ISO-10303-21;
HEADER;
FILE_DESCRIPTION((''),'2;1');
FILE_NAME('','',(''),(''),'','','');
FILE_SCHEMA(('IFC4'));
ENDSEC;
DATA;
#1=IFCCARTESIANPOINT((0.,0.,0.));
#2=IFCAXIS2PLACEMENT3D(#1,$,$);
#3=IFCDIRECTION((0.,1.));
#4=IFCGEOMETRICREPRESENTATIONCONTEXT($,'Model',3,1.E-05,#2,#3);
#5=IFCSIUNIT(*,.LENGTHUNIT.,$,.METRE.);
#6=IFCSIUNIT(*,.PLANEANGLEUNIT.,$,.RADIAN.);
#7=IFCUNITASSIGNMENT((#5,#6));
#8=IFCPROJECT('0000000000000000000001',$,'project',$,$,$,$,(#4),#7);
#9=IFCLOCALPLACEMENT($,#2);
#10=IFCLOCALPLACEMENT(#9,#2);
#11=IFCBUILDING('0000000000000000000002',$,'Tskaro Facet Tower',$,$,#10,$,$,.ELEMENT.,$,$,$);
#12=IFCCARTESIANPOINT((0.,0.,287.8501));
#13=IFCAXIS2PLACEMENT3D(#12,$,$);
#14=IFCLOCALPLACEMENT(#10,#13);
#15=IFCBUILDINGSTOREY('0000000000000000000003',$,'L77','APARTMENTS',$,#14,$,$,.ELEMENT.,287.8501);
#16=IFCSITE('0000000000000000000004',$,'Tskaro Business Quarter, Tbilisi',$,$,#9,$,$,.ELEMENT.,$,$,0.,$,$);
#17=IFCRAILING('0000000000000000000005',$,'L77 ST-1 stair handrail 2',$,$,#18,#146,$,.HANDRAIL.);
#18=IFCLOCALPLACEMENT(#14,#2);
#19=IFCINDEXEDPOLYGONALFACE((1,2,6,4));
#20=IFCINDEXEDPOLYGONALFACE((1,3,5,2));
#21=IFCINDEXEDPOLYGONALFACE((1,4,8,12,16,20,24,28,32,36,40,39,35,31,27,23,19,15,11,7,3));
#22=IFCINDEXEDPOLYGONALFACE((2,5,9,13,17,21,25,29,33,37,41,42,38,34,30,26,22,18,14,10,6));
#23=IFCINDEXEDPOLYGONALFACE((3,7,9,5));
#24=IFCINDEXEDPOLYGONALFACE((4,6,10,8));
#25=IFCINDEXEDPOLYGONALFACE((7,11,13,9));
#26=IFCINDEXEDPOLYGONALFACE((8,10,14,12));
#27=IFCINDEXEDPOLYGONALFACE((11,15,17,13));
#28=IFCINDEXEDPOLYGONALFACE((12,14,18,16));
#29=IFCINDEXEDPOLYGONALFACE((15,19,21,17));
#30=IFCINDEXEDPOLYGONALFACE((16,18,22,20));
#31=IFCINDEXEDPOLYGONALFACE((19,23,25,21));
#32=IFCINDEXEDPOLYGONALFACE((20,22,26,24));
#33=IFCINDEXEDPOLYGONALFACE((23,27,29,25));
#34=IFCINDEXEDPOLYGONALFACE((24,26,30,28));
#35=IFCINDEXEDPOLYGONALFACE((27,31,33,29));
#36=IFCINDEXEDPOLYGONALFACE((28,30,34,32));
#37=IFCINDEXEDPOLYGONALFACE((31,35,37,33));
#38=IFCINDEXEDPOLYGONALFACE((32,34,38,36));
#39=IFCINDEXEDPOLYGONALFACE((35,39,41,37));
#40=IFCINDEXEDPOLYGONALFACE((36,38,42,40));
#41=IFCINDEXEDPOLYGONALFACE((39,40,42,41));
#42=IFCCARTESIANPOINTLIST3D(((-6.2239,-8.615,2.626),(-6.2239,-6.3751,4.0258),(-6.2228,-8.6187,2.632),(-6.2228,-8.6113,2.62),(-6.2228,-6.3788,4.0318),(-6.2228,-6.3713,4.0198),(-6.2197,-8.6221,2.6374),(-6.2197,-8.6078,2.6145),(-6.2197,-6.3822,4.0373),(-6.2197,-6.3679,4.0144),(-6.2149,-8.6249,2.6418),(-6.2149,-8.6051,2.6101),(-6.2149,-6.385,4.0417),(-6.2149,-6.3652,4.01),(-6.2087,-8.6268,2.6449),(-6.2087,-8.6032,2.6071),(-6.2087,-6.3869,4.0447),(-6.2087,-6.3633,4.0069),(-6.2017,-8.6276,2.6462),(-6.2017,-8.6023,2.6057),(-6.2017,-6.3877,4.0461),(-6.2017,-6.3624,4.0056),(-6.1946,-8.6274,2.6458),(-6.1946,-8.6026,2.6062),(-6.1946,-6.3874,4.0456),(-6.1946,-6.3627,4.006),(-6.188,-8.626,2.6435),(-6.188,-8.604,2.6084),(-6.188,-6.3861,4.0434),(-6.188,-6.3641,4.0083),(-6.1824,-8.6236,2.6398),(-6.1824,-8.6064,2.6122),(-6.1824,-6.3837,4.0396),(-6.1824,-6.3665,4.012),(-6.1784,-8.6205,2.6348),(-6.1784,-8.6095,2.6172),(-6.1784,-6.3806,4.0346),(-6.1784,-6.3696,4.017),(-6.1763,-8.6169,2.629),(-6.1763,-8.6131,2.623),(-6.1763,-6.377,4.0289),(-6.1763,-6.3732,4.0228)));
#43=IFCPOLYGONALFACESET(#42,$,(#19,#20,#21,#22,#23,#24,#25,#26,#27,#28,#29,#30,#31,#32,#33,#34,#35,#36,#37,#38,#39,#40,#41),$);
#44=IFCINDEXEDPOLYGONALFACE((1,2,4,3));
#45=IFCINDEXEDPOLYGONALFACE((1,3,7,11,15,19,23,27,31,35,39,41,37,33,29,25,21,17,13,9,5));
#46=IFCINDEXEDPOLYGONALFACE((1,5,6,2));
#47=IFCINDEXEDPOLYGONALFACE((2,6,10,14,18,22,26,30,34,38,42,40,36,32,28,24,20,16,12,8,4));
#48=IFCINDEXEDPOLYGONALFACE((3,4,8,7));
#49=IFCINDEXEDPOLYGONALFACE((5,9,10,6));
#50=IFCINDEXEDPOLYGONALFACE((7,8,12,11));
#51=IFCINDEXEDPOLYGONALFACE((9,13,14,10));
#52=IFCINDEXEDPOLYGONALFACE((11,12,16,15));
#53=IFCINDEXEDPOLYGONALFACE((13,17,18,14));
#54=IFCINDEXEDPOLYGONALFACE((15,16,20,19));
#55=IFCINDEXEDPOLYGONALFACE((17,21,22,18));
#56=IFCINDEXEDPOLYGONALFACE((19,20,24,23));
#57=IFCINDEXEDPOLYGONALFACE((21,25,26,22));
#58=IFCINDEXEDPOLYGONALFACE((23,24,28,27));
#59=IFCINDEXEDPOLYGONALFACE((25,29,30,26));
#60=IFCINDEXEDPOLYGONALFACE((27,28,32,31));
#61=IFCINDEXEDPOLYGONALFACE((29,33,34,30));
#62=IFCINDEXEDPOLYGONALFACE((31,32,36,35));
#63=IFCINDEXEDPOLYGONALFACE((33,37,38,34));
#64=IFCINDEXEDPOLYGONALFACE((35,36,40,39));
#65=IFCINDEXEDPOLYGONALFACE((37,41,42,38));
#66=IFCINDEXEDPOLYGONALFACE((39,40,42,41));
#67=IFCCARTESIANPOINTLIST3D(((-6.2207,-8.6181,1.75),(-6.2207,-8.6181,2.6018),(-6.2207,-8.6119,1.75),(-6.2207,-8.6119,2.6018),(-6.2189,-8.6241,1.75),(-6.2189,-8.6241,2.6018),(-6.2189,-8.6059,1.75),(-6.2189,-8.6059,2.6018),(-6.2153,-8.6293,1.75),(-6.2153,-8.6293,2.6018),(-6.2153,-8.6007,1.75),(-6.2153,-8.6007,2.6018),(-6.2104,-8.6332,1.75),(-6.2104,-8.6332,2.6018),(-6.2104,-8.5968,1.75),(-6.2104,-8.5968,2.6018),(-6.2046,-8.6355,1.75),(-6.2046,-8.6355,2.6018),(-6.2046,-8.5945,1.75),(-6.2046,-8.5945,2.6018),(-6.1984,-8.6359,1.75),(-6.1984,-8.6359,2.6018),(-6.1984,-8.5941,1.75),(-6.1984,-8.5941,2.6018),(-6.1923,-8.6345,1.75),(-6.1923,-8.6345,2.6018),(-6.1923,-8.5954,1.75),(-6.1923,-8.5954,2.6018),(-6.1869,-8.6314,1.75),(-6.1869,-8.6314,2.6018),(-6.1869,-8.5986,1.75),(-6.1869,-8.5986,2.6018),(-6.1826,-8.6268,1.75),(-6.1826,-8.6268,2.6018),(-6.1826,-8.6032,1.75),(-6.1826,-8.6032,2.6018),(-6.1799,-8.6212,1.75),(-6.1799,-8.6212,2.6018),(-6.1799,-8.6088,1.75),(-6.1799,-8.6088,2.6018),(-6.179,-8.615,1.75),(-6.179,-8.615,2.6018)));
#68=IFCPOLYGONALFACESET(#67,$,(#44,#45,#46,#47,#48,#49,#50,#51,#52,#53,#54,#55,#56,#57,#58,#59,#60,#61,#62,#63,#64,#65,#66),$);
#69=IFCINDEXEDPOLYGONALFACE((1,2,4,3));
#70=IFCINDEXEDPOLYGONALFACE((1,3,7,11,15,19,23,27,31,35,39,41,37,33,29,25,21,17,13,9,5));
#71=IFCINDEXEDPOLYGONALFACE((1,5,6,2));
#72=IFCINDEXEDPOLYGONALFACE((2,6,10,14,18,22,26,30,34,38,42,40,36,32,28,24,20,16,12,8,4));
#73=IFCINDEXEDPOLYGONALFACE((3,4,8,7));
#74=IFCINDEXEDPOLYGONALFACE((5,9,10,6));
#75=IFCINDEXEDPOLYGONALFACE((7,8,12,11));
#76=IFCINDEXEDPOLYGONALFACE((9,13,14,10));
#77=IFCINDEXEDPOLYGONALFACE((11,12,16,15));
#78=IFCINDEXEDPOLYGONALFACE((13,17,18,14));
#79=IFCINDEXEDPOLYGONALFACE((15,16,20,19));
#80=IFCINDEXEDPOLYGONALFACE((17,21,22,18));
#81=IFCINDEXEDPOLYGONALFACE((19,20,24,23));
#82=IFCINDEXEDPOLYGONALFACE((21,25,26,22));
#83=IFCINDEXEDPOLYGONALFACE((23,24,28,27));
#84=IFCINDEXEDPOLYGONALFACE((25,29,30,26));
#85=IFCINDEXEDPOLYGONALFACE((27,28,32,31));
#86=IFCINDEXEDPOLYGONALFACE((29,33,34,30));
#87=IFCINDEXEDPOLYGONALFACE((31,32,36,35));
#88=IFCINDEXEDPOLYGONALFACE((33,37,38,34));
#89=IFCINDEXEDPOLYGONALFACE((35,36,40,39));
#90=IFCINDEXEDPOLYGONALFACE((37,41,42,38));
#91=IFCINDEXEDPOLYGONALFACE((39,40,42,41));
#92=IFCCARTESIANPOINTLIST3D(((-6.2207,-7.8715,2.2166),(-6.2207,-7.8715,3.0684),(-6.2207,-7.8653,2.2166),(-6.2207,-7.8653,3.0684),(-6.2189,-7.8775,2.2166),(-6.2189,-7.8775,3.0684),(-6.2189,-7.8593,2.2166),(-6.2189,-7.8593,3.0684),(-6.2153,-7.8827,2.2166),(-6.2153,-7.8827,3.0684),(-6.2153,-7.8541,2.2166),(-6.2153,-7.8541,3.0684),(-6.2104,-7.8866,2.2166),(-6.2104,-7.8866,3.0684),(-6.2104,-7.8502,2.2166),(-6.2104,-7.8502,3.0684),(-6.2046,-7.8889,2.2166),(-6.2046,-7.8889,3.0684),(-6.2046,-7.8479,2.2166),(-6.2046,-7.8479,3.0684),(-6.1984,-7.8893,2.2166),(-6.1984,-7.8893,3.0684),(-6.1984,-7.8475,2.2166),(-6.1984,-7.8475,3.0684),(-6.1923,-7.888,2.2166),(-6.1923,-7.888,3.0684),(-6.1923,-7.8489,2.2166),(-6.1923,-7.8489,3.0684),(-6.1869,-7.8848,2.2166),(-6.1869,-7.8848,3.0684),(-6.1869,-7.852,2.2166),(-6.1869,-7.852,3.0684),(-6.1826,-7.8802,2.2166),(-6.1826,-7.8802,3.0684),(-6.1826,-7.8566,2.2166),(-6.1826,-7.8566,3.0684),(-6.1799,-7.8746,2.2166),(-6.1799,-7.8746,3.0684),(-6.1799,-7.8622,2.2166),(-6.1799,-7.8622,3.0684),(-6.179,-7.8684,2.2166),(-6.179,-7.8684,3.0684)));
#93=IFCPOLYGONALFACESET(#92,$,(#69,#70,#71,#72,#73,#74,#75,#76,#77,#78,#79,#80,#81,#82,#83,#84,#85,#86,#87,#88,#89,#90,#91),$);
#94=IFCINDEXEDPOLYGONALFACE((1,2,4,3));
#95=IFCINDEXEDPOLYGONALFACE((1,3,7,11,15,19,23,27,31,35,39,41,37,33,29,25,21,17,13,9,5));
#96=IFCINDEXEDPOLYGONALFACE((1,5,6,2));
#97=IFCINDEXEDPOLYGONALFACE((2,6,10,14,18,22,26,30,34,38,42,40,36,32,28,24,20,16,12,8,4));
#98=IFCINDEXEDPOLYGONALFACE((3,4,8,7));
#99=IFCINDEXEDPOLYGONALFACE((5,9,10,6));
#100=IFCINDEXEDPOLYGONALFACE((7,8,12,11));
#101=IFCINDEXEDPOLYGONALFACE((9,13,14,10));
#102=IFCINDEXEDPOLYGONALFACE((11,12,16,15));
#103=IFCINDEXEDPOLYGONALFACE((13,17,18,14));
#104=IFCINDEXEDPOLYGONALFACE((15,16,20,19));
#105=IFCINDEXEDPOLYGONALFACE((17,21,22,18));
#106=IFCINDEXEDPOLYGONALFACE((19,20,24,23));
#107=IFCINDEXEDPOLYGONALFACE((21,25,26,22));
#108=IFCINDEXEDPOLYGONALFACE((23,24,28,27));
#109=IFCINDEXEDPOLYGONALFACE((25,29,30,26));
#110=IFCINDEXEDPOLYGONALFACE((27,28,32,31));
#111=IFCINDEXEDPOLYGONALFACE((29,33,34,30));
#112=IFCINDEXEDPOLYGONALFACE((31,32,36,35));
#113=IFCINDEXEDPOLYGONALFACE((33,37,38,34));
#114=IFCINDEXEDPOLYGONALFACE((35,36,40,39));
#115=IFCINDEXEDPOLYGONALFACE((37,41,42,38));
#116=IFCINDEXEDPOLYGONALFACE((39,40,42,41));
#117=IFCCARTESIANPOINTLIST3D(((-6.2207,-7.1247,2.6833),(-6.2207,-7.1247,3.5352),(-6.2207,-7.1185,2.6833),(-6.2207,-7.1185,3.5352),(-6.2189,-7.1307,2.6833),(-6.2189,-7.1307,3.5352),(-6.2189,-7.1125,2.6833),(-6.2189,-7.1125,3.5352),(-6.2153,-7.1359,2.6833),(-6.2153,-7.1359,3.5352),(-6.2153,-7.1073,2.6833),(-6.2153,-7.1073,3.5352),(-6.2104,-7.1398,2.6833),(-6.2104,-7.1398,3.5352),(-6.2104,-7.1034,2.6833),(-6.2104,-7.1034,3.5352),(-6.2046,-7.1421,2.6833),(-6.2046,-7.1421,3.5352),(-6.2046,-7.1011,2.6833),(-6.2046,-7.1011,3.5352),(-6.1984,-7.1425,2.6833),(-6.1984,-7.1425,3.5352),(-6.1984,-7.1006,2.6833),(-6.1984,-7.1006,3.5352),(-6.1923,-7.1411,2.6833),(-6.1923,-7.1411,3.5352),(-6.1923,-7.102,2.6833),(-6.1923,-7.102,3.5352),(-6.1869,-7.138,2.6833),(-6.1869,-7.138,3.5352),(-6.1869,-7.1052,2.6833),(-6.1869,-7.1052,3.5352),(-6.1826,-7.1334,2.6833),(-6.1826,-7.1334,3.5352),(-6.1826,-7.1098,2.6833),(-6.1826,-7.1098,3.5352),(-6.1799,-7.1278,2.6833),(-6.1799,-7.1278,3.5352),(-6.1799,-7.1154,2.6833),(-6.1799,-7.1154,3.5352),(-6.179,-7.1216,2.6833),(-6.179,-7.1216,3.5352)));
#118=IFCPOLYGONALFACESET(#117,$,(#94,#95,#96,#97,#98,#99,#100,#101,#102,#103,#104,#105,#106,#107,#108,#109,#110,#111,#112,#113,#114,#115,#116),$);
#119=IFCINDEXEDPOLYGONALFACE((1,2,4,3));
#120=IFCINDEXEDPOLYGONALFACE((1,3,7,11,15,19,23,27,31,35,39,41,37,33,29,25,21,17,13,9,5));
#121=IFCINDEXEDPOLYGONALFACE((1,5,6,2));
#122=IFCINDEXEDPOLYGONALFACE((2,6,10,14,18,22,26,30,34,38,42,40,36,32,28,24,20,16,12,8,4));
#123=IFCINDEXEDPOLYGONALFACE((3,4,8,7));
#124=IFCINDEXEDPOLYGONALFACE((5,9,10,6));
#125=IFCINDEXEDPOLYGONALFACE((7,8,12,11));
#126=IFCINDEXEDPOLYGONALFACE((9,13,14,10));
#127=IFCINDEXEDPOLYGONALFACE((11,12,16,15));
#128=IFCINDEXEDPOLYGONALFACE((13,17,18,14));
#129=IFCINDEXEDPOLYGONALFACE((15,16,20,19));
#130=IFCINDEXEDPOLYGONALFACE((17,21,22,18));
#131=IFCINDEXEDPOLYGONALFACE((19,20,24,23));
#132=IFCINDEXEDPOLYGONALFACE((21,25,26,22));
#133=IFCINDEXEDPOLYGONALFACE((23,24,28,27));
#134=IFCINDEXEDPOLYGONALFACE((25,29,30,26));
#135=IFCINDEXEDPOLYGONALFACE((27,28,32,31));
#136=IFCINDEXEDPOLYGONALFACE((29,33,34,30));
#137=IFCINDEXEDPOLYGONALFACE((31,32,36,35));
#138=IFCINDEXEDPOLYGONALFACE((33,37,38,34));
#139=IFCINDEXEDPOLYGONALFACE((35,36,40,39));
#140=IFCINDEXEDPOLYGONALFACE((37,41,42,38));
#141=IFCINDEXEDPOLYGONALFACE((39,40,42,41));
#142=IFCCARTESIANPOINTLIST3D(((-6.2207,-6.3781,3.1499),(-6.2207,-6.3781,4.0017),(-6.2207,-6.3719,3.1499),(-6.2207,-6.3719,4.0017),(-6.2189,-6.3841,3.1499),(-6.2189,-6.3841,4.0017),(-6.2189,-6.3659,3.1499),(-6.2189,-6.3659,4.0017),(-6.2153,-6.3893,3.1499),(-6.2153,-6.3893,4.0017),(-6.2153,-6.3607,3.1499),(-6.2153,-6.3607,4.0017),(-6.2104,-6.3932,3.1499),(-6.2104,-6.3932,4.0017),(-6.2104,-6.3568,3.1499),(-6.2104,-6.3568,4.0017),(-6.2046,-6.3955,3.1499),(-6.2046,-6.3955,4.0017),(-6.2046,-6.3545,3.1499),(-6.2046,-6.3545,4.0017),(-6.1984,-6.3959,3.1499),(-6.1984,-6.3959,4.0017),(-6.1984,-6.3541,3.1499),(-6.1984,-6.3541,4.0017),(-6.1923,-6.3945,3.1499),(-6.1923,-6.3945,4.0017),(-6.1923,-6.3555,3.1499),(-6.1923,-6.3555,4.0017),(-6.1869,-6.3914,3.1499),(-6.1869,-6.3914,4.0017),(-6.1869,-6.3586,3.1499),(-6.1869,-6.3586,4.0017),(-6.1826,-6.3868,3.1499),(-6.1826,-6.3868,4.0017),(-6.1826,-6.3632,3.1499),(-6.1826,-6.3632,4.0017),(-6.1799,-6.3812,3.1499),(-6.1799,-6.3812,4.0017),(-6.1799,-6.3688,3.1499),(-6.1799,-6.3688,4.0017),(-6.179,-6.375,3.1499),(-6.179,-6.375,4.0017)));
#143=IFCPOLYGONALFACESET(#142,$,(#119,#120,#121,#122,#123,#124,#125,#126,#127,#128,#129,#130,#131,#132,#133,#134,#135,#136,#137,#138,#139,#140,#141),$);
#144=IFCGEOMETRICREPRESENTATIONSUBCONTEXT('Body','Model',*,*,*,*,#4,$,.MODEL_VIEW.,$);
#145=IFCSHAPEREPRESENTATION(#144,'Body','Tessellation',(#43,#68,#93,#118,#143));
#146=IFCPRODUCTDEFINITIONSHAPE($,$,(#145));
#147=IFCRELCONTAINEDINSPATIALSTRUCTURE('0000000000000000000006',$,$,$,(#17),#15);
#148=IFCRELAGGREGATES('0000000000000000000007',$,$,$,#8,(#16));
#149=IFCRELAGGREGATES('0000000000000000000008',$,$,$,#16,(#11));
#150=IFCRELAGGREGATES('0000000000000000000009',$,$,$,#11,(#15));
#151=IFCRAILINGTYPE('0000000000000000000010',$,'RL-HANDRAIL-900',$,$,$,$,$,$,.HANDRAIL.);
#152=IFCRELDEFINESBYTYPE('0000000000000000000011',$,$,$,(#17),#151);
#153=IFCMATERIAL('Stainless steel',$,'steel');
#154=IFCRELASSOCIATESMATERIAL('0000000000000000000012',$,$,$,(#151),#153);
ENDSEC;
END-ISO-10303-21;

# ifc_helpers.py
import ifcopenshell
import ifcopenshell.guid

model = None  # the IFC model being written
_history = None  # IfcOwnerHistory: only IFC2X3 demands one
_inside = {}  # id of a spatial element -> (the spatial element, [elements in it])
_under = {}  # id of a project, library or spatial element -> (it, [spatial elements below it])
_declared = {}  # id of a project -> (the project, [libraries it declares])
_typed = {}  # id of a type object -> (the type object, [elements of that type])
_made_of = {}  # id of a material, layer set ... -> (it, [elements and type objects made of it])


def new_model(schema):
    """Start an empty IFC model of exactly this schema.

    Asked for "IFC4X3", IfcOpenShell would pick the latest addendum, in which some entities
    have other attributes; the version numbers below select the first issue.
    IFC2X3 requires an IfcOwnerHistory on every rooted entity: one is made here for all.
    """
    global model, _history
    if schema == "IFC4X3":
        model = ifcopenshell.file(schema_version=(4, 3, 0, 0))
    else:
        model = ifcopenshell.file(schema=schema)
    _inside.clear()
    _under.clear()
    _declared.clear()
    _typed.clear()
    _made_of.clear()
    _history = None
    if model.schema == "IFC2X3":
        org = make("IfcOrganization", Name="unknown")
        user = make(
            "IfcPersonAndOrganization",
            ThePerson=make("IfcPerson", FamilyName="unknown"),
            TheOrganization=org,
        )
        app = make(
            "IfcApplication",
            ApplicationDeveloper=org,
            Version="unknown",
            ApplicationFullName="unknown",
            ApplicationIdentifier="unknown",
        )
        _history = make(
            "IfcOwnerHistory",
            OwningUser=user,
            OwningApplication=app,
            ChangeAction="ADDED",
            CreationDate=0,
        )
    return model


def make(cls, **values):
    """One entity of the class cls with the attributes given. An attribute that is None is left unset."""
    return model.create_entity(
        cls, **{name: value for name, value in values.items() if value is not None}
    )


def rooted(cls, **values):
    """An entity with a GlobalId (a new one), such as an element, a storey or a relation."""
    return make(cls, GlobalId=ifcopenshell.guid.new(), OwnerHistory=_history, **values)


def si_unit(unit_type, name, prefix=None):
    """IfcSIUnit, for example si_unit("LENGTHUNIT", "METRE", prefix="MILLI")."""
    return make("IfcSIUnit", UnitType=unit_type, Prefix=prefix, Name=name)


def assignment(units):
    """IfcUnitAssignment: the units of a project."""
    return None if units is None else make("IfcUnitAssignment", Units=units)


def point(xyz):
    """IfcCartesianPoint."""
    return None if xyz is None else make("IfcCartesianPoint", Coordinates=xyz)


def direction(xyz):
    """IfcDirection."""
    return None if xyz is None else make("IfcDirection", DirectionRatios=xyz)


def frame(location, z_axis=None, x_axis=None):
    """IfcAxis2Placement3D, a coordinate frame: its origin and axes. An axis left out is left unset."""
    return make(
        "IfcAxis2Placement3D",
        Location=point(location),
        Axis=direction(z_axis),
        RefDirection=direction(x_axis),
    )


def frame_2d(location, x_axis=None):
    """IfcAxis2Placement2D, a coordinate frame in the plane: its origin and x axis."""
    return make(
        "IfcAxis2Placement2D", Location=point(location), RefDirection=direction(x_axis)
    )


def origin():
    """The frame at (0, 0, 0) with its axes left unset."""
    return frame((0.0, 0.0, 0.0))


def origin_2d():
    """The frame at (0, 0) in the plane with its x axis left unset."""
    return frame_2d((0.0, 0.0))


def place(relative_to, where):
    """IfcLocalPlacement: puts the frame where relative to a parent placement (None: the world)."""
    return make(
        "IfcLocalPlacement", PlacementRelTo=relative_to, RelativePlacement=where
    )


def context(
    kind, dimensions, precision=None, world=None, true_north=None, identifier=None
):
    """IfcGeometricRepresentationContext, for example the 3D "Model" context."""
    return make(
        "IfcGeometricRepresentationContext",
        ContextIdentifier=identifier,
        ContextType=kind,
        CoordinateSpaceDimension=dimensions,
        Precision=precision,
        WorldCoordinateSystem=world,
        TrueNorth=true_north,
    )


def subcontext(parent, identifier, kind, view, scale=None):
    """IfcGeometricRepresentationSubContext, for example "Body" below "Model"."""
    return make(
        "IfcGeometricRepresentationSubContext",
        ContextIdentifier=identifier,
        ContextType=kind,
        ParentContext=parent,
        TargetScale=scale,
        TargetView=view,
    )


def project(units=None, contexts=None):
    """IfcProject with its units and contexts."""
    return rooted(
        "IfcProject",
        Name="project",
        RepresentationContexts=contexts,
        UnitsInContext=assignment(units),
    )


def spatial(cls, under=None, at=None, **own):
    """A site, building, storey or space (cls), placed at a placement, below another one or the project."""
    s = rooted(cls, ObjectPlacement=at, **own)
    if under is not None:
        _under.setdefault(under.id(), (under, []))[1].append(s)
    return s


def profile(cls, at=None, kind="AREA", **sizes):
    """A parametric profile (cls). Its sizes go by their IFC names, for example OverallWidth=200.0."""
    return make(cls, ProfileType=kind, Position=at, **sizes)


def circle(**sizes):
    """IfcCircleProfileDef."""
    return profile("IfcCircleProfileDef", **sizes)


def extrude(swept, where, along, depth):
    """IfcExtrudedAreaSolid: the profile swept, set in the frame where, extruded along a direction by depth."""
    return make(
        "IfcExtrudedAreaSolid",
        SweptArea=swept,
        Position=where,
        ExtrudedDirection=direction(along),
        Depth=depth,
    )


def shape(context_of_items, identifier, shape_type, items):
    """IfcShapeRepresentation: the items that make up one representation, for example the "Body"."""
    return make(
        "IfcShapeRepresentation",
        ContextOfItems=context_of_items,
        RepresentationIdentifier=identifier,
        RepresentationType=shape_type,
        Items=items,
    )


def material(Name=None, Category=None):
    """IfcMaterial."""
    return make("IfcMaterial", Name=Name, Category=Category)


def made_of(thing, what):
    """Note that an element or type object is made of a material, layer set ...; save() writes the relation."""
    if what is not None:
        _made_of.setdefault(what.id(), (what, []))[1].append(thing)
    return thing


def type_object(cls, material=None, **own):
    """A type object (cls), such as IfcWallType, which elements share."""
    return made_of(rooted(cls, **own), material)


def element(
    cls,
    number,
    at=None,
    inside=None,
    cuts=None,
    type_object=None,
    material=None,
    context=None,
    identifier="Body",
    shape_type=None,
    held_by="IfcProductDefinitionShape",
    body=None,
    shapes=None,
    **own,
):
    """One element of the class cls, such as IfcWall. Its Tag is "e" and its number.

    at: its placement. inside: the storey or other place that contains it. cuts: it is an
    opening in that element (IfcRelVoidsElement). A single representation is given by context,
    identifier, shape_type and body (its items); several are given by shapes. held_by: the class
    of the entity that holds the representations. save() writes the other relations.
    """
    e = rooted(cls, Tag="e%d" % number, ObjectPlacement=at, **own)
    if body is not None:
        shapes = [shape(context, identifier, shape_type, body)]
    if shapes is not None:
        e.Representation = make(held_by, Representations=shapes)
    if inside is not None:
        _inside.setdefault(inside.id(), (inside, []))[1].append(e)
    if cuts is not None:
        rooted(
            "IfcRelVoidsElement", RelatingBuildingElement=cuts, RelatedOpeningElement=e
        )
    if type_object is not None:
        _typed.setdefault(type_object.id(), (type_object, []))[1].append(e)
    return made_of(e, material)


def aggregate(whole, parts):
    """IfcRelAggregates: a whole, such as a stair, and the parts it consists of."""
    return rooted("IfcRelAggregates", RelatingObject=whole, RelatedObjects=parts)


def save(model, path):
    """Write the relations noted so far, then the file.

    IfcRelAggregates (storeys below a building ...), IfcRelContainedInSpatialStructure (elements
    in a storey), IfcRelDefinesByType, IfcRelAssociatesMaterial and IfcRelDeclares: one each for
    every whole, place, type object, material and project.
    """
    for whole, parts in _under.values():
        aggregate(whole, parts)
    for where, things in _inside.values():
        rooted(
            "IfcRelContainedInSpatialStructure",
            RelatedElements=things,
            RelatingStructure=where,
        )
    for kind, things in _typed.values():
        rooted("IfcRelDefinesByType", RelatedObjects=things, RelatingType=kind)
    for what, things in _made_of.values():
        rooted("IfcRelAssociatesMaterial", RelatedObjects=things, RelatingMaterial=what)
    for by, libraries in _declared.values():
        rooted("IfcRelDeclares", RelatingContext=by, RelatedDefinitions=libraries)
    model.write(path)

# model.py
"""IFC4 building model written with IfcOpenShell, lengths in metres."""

from ifc_helpers import new_model, si_unit, direction, frame, origin, origin_2d, place, context, subcontext, project, spatial, circle, extrude, material, type_object, element, save


model = new_model("IFC4")

# Units and contexts
model_context = context("Model", 3, precision=1e-05, world=origin(), true_north=direction((0.0, 1.0)))
body_context = subcontext(model_context, "Body", "Model", "MODEL_VIEW")
ifc_project = project(units=[si_unit("LENGTHUNIT", "METRE"), si_unit("PLANEANGLEUNIT", "RADIAN")], contexts=[model_context])

# Site, building, storey
site_placement = place(None, origin())
site = spatial("IfcSite", under=ifc_project, at=site_placement, Name="Tskaro Business Quarter, Tbilisi", CompositionType="ELEMENT", RefElevation=0.0)
building_placement = place(site_placement, origin())
building = spatial("IfcBuilding", under=site, at=building_placement, Name="Tskaro Facet Tower", CompositionType="ELEMENT")
storey_placement = place(building_placement, frame((0.0, 0.0, 287.8501)))
storey = spatial("IfcBuildingStorey", under=building, at=storey_placement, Name="L77", Description="APARTMENTS", CompositionType="ELEMENT", Elevation=287.8501)

# Shared definitions
ifc_material_1 = material(Name="Stainless steel", Category="steel")

# Railing
railing_type_1 = type_object("IfcRailingType", Name="RL-HANDRAIL-900", PredefinedType="HANDRAIL", material=ifc_material_1)
railing_1_placement = place(storey_placement, frame((-6.2, -8.615, 1.75)))
element("IfcRailing", 1, at=railing_1_placement, inside=storey, type_object=railing_type_1, Name="L77 ST-1 stair handrail 2", PredefinedType="HANDRAIL", context=body_context, shape_type="SweptSolid", body=[
    extrude(circle(Radius=0.0239, at=origin_2d()), frame((0.0, 0.0, 0.876), z_axis=(0.0, 0.848014, 0.529974), x_axis=(-1.0, 0.0, 0.0)), (0.0, 0.0, 1.0), 2.6414),
    extrude(circle(Radius=0.021, at=origin_2d()), origin(), (0.0, 0.0, 1.0), 0.8518),
    extrude(circle(Radius=0.021, at=origin_2d()), frame((0.0, 0.7466, 0.4666)), (0.0, 0.0, 1.0), 0.8518),
    extrude(circle(Radius=0.021, at=origin_2d()), frame((0.0, 1.4934, 0.9333)), (0.0, 0.0, 1.0), 0.8518),
    extrude(circle(Radius=0.021, at=origin_2d()), frame((0.0, 2.24, 1.3999)), (0.0, 0.0, 1.0), 0.8518),
])

save(model, "model.ifc")
